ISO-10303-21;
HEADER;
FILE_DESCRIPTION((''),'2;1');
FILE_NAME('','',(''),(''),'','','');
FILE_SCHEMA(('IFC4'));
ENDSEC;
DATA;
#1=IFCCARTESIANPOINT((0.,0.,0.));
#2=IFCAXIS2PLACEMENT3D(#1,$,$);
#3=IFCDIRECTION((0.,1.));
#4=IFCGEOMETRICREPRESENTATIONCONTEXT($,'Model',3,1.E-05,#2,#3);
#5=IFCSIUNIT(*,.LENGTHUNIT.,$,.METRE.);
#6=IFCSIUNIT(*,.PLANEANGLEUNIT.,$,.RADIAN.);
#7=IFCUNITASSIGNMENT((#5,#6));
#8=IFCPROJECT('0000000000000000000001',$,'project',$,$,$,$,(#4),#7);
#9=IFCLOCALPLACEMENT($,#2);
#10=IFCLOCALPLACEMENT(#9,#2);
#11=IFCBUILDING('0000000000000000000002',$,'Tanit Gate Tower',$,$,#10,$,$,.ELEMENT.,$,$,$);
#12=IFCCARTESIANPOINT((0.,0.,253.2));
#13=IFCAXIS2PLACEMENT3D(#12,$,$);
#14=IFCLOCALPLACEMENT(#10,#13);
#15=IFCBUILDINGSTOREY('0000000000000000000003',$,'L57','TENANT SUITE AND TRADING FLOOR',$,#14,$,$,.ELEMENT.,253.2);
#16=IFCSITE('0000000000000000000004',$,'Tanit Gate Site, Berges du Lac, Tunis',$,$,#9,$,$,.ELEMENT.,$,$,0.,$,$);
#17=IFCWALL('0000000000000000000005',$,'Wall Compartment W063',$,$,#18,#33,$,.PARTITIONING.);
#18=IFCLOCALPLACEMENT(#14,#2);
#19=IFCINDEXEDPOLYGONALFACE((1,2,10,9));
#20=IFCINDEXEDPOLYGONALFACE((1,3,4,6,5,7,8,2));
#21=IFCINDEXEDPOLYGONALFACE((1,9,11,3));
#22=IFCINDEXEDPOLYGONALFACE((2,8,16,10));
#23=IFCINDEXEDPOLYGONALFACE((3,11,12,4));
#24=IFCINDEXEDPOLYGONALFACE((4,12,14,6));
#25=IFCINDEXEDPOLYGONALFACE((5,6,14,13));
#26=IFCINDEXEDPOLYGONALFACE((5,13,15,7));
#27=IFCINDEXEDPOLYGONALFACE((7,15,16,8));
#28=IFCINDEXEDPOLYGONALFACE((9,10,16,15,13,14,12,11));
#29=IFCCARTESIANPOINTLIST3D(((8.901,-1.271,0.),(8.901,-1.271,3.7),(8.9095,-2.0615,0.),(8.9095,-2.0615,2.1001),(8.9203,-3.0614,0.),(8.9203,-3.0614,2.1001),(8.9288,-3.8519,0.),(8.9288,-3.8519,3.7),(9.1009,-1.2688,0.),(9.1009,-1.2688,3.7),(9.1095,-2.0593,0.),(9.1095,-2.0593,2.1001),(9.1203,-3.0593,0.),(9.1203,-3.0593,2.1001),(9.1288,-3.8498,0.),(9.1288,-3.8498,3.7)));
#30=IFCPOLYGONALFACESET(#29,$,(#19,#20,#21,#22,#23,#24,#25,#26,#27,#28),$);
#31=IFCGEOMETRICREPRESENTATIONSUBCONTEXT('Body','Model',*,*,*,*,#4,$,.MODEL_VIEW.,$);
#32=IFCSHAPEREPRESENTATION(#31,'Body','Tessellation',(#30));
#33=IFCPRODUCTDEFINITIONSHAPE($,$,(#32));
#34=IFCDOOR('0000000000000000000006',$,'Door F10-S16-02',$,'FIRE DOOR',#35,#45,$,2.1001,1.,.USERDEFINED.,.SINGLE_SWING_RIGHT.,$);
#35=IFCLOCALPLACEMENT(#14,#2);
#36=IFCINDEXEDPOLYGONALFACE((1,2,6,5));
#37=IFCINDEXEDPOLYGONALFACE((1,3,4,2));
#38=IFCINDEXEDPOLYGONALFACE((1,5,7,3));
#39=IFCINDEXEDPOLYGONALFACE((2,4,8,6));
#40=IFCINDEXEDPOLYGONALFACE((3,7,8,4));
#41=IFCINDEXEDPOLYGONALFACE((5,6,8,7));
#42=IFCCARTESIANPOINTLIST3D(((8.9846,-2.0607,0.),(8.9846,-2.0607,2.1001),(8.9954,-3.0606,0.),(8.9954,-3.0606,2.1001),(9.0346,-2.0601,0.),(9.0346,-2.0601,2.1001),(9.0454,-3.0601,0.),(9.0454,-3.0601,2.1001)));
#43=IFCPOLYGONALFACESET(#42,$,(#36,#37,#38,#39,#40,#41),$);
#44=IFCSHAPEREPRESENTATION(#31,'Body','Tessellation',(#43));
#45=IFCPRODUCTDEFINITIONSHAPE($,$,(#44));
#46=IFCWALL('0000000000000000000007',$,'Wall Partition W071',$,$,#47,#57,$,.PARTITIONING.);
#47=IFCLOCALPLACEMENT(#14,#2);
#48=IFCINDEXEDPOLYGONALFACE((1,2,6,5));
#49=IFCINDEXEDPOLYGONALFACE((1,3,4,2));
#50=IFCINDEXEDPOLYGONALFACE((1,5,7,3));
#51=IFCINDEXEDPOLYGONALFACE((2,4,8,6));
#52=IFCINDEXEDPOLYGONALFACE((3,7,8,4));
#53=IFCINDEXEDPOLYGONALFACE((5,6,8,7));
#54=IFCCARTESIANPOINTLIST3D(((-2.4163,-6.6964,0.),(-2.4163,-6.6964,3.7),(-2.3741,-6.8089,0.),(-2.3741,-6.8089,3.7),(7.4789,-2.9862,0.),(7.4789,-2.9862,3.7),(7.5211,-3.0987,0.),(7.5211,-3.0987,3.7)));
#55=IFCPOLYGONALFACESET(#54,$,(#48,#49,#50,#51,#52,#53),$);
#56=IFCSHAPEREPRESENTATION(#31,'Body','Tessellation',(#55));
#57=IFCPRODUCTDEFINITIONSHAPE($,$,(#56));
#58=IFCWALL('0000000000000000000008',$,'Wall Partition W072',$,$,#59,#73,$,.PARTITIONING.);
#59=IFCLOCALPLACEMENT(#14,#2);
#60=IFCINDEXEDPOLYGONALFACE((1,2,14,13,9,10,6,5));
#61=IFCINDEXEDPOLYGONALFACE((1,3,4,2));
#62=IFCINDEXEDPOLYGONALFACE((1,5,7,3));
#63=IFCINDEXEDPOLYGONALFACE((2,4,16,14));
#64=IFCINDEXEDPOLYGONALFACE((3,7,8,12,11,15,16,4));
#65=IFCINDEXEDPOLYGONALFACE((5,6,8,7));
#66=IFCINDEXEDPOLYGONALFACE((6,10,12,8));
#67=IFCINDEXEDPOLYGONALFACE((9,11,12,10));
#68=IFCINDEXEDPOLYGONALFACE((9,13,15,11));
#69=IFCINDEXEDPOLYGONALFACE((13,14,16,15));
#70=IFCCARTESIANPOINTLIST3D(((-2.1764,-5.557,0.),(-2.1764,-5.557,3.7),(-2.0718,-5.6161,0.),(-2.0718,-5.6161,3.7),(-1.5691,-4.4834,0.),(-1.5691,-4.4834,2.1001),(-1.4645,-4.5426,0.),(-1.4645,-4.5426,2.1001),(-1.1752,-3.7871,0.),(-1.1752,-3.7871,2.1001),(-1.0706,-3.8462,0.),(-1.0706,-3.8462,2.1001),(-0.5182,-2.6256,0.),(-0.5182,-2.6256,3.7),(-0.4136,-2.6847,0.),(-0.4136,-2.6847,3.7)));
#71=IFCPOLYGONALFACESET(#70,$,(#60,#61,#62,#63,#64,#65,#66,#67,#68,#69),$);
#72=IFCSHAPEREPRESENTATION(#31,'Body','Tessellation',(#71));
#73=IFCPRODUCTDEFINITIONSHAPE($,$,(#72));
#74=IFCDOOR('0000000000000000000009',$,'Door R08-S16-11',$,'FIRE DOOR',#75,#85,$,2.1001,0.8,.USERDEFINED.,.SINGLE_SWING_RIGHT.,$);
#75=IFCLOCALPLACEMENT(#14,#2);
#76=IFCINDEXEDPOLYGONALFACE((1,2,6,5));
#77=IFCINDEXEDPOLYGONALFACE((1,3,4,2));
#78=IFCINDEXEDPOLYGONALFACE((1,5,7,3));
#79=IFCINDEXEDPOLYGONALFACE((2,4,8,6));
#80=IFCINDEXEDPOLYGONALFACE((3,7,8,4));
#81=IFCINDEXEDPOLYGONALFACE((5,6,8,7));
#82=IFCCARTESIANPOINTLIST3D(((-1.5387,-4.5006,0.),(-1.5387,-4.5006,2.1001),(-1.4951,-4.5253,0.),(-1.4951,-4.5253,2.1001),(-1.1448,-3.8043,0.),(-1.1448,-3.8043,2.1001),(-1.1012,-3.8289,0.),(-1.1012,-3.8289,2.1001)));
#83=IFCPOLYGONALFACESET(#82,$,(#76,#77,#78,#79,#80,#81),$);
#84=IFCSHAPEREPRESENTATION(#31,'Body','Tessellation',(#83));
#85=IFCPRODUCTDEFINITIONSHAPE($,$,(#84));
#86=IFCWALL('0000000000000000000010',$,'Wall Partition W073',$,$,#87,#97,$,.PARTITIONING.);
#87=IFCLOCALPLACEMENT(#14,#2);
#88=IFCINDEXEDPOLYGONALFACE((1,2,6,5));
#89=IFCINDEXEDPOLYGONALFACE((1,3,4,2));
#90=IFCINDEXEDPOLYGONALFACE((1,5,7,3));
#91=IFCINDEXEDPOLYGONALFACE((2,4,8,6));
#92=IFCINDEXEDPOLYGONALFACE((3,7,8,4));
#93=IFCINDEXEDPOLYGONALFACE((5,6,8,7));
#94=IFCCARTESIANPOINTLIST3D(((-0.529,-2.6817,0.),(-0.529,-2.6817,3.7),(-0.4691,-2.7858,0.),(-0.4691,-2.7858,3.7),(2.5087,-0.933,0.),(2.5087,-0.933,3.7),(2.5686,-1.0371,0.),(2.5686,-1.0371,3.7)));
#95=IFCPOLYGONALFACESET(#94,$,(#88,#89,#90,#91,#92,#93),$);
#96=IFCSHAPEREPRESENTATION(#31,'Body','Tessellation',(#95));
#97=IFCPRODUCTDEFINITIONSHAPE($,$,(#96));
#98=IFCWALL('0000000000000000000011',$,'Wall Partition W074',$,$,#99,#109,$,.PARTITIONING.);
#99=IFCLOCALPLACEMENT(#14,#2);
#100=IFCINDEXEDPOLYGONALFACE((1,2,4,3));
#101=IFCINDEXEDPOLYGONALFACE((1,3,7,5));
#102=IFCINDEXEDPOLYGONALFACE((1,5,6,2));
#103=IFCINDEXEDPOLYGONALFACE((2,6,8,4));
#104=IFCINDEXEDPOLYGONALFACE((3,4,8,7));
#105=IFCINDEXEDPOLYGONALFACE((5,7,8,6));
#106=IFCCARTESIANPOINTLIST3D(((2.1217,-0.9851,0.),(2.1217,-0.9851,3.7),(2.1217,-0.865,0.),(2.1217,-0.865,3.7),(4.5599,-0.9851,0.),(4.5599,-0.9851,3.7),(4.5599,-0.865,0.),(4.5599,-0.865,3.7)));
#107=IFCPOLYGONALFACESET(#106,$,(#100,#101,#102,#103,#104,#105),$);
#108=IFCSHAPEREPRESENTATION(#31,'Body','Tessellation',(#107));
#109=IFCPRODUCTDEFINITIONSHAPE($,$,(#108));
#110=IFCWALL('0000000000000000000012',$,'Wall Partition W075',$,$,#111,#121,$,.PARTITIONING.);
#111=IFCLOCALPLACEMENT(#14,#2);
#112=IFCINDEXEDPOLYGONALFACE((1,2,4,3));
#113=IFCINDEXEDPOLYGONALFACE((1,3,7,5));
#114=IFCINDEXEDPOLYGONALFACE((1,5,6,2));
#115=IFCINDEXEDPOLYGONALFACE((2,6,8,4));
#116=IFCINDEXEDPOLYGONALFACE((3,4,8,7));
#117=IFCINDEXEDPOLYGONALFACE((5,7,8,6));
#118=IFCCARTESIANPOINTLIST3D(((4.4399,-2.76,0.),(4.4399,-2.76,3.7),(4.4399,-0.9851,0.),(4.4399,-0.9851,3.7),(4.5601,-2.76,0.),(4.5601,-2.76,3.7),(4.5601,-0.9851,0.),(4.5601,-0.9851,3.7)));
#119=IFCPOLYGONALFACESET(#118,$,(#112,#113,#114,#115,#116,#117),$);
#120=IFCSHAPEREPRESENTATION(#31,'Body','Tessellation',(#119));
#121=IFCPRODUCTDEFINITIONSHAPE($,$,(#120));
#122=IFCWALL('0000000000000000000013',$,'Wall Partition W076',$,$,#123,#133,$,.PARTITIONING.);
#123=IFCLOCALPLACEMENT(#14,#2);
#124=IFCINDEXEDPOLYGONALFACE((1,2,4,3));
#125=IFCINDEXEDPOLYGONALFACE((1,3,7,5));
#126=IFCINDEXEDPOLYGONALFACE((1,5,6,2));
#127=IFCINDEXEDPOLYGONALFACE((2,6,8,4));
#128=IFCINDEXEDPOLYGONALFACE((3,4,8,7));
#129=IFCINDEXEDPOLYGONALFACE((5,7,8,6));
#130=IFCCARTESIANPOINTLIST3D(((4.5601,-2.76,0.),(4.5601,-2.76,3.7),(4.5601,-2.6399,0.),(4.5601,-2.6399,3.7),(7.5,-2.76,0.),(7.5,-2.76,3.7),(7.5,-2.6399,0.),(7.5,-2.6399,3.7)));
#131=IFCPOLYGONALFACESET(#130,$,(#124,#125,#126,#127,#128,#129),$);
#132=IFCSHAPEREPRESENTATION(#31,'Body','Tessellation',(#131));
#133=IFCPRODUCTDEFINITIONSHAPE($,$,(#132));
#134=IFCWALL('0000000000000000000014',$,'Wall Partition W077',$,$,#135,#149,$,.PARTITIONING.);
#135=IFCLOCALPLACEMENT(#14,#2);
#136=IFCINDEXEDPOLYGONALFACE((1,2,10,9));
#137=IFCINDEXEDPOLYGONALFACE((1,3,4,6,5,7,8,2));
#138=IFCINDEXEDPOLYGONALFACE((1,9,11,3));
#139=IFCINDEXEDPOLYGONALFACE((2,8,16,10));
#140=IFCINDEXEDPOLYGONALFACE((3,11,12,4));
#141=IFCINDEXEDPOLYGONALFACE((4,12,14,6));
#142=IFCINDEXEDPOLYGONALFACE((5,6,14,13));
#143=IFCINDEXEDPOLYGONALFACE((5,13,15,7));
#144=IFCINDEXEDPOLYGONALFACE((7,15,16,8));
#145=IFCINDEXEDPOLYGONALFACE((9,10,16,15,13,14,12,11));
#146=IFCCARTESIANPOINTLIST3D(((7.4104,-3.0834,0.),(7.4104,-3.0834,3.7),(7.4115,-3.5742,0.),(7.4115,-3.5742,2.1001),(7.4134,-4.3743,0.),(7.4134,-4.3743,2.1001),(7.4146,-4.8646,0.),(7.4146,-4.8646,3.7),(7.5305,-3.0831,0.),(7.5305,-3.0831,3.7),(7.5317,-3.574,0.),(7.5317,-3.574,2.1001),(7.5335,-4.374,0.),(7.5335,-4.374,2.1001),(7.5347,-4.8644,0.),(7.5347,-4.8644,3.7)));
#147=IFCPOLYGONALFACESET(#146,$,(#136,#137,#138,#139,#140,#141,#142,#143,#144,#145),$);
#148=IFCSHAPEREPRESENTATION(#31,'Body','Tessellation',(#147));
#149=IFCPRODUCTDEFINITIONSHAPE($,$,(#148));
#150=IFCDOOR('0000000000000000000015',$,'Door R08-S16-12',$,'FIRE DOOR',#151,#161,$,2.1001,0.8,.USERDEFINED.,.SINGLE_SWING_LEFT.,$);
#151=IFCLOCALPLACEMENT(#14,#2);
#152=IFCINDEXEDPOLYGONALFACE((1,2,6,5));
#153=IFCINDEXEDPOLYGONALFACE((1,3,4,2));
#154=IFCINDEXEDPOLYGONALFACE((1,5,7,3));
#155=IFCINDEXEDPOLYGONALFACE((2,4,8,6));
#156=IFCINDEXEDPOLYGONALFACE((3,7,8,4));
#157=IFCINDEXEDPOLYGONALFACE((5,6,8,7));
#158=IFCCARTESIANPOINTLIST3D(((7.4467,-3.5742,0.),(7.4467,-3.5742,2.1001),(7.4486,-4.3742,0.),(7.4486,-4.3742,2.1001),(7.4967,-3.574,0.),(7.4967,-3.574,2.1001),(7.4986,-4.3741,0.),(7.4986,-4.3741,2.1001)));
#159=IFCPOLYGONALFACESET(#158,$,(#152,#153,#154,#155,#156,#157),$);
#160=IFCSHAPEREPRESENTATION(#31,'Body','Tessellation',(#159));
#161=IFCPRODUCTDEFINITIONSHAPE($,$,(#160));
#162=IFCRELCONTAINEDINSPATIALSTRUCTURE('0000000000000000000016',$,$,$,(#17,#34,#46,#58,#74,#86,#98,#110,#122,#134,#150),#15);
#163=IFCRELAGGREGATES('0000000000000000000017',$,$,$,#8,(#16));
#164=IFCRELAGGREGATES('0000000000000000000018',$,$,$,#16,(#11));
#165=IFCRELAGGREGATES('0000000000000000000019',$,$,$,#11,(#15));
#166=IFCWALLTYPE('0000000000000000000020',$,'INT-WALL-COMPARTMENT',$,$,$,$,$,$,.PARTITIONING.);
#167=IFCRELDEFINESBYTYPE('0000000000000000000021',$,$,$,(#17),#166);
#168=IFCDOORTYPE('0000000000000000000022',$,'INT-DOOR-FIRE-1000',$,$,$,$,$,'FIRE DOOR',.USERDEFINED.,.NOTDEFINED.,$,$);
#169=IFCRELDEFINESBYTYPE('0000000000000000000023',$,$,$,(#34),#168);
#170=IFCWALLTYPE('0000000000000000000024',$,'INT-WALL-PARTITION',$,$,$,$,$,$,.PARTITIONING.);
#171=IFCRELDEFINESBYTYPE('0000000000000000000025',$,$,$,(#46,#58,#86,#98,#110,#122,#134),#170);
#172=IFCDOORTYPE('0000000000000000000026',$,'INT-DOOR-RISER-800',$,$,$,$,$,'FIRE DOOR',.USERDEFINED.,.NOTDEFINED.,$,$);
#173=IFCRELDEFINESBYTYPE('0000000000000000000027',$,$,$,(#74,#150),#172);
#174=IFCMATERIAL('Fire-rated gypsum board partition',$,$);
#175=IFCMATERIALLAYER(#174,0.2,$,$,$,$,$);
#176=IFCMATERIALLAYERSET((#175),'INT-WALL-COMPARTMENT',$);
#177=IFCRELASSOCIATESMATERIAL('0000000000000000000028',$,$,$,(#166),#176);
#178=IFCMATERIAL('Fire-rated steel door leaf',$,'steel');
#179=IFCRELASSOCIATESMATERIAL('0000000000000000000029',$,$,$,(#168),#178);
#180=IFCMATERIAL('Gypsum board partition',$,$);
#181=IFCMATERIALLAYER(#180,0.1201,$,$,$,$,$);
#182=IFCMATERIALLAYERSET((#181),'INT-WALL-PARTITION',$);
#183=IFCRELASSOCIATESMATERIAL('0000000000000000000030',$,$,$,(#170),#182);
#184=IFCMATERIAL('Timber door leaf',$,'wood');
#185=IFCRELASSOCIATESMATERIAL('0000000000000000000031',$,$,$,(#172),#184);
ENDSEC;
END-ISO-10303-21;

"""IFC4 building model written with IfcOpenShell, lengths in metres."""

from ifc_helpers import new_model, si_unit, direction, frame, frame_2d, origin, place, context, subcontext, project, spatial, rectangle, extrude, material, layer, layer_set, type_object, element, fill, save


model = new_model("IFC4")

# Units and contexts
model_context = context("Model", 3, precision=1e-05, world=origin(), true_north=direction((0.0, 1.0)))
body_context = subcontext(model_context, "Body", "Model", "MODEL_VIEW")
ifc_project = project(units=[si_unit("LENGTHUNIT", "METRE"), si_unit("PLANEANGLEUNIT", "RADIAN")], contexts=[model_context])

# Site, building, storey
site_placement = place(None, origin())
site = spatial("IfcSite", under=ifc_project, at=site_placement, Name="Tanit Gate Site, Berges du Lac, Tunis", CompositionType="ELEMENT", RefElevation=0.0)
building_placement = place(site_placement, origin())
building = spatial("IfcBuilding", under=site, at=building_placement, Name="Tanit Gate Tower", CompositionType="ELEMENT")
storey_placement = place(building_placement, frame((0.0, 0.0, 253.2)))
storey = spatial("IfcBuildingStorey", under=building, at=storey_placement, Name="L57", Description="TENANT SUITE AND TRADING FLOOR", CompositionType="ELEMENT", Elevation=253.2)

# Wall, opening, door
ifc_material_1 = material(Name="Fire-rated gypsum board partition")
ifc_layer_1 = layer(ifc_material_1, 0.2)
ifc_layer_set_1 = layer_set([ifc_layer_1], Name="INT-WALL-COMPARTMENT")
wall_type_1 = type_object("IfcWallType", Name="INT-WALL-COMPARTMENT", PredefinedType="PARTITIONING", material=ifc_layer_set_1)
wall_1_placement = place(storey_placement, frame((9.0288, -3.8508, 0.0), z_axis=(0.0, 0.0, 1.0), x_axis=(-0.010784, 0.999942, 0.0)))
wall_1 = element("IfcWall", 1, at=wall_1_placement, inside=storey, type_object=wall_type_1, Name="Wall Compartment W063", PredefinedType="PARTITIONING", context=body_context, shape_type="SweptSolid", body=[
    extrude(rectangle(XDim=2.5811, YDim=0.2, at=frame_2d((1.2905, 0.0))), origin(), (0.0, 0.0, 1.0), 3.7),
])
opening_1_placement = place(wall_1_placement, frame((0.7905, 0.0, 0.0)))
opening_1 = element("IfcOpeningElement", 2, at=opening_1_placement, cuts=wall_1, PredefinedType="OPENING", context=body_context, shape_type="SweptSolid", body=[
    extrude(rectangle(XDim=1.0, YDim=2.1001, at=frame_2d((0.5, 1.05))), frame((0.0, 0.1099, 0.0), z_axis=(0.0, -1.0, 0.0), x_axis=(1.0, 0.0, 0.0)), (0.0, 0.0, 1.0), 0.22),
])
ifc_material_2 = material(Name="Fire-rated steel door leaf", Category="steel")
door_type_1 = type_object("IfcDoorType", Name="INT-DOOR-FIRE-1000", ElementType="FIRE DOOR", OperationType="NOTDEFINED", PredefinedType="USERDEFINED", material=ifc_material_2)
door_1_placement = place(opening_1_placement, origin())
door_1 = element("IfcDoor", 3, at=door_1_placement, inside=storey, type_object=door_type_1, Name="Door F10-S16-02", ObjectType="FIRE DOOR", OperationType="SINGLE_SWING_RIGHT", OverallHeight=2.1001, OverallWidth=1.0, PredefinedType="USERDEFINED", context=body_context, shape_type="SweptSolid", body=[
    extrude(rectangle(XDim=1.0, YDim=2.1001, at=frame_2d((0.5, 1.05))), frame((0.0, 0.0249, 0.0), z_axis=(0.0, -1.0, 0.0), x_axis=(1.0, 0.0, 0.0)), (0.0, 0.0, 1.0), 0.05),
])
fill(opening_1, door_1)

# Wall
ifc_material_3 = material(Name="Gypsum board partition")
ifc_layer_2 = layer(ifc_material_3, 0.1201)
ifc_layer_set_2 = layer_set([ifc_layer_2], Name="INT-WALL-PARTITION")
wall_type_2 = type_object("IfcWallType", Name="INT-WALL-PARTITION", PredefinedType="PARTITIONING", material=ifc_layer_set_2)
wall_2_placement = place(storey_placement, frame((7.5, -3.0425, 0.0), z_axis=(0.0, 0.0, 1.0), x_axis=(-0.936345, -0.35108, 0.0)))
element("IfcWall", 4, at=wall_2_placement, inside=storey, type_object=wall_type_2, Name="Wall Partition W071", PredefinedType="PARTITIONING", context=body_context, shape_type="SweptSolid", body=[
    extrude(rectangle(XDim=10.5679, YDim=0.1201, at=frame_2d((5.2839, 0.0))), origin(), (0.0, 0.0, 1.0), 3.7),
])

# Wall, opening, door
wall_3_placement = place(storey_placement, frame((-0.4658, -2.655, 0.0), z_axis=(0.0, 0.0, 1.0), x_axis=(-0.492356, -0.870394, 0.0)))
wall_3 = element("IfcWall", 5, at=wall_3_placement, inside=storey, type_object=wall_type_2, Name="Wall Partition W072", PredefinedType="PARTITIONING", context=body_context, shape_type="SweptSolid", body=[
    extrude(rectangle(XDim=3.3679, YDim=0.1201, at=frame_2d((1.6841, 0.0))), origin(), (0.0, 0.0, 1.0), 3.7),
])
opening_2_placement = place(wall_3_placement, frame((1.3347, 0.0, 0.0)))
opening_2 = element("IfcOpeningElement", 6, at=opening_2_placement, cuts=wall_3, PredefinedType="OPENING", context=body_context, shape_type="SweptSolid", body=[
    extrude(rectangle(XDim=0.8, YDim=2.1001, at=frame_2d((0.3999, 1.05))), frame((0.0, 0.0701, 0.0), z_axis=(0.0, -1.0, 0.0), x_axis=(1.0, 0.0, 0.0)), (0.0, 0.0, 1.0), 0.1401),
])
ifc_material_4 = material(Name="Timber door leaf", Category="wood")
door_type_2 = type_object("IfcDoorType", Name="INT-DOOR-RISER-800", ElementType="FIRE DOOR", OperationType="NOTDEFINED", PredefinedType="USERDEFINED", material=ifc_material_4)
door_2_placement = place(opening_2_placement, origin())
door_2 = element("IfcDoor", 7, at=door_2_placement, inside=storey, type_object=door_type_2, Name="Door R08-S16-11", ObjectType="FIRE DOOR", OperationType="SINGLE_SWING_RIGHT", OverallHeight=2.1001, OverallWidth=0.8, PredefinedType="USERDEFINED", context=body_context, shape_type="SweptSolid", body=[
    extrude(rectangle(XDim=0.8, YDim=2.1001, at=frame_2d((0.3999, 1.05))), frame((0.0, 0.0249, 0.0), z_axis=(0.0, -1.0, 0.0), x_axis=(1.0, 0.0, 0.0)), (0.0, 0.0, 1.0), 0.05),
])
fill(opening_2, door_2)

# Walls
wall_4_placement = place(storey_placement, frame((2.5386, -0.9851, 0.0), z_axis=(0.0, 0.0, 1.0), x_axis=(-0.866657, -0.498904, 0.0)))
element("IfcWall", 8, at=wall_4_placement, inside=storey, type_object=wall_type_2, Name="Wall Partition W073", PredefinedType="PARTITIONING", context=body_context, shape_type="SweptSolid", body=[
    extrude(rectangle(XDim=3.5051, YDim=0.1201, at=frame_2d((1.7524, 0.0))), origin(), (0.0, 0.0, 1.0), 3.7),
])
wall_5_placement = place(storey_placement, frame((4.5601, -0.925, 0.0), z_axis=(0.0, 0.0, 1.0), x_axis=(-1.0, 0.0, 0.0)))
element("IfcWall", 9, at=wall_5_placement, inside=storey, type_object=wall_type_2, Name="Wall Partition W074", PredefinedType="PARTITIONING", context=body_context, shape_type="SweptSolid", body=[
    extrude(rectangle(XDim=2.4382, YDim=0.1201, at=frame_2d((1.2192, 0.0))), origin(), (0.0, 0.0, 1.0), 3.7),
])
wall_6_placement = place(storey_placement, frame((4.5, -2.76, 0.0), z_axis=(0.0, 0.0, 1.0), x_axis=(0.0, 1.0, 0.0)))
element("IfcWall", 10, at=wall_6_placement, inside=storey, type_object=wall_type_2, Name="Wall Partition W075", PredefinedType="PARTITIONING", context=body_context, shape_type="SweptSolid", body=[
    extrude(rectangle(XDim=1.7749, YDim=0.1201, at=frame_2d((0.8875, 0.0))), origin(), (0.0, 0.0, 1.0), 3.7),
])
wall_7_placement = place(storey_placement, frame((7.5, -2.7, 0.0), z_axis=(0.0, 0.0, 1.0), x_axis=(-1.0, 0.0, 0.0)))
element("IfcWall", 11, at=wall_7_placement, inside=storey, type_object=wall_type_2, Name="Wall Partition W076", PredefinedType="PARTITIONING", context=body_context, shape_type="SweptSolid", body=[
    extrude(rectangle(XDim=2.9399, YDim=0.1201, at=frame_2d((1.47, 0.0))), origin(), (0.0, 0.0, 1.0), 3.7),
])

# Wall, opening, door
wall_8_placement = place(storey_placement, frame((7.4746, -4.8645, 0.0), z_axis=(0.0, 0.0, 1.0), x_axis=(-0.00233, 0.999997, 0.0)))
wall_8 = element("IfcWall", 12, at=wall_8_placement, inside=storey, type_object=wall_type_2, Name="Wall Partition W077", PredefinedType="PARTITIONING", context=body_context, shape_type="SweptSolid", body=[
    extrude(rectangle(XDim=1.7812, YDim=0.1201, at=frame_2d((0.8906, 0.0))), origin(), (0.0, 0.0, 1.0), 3.7),
])
opening_3_placement = place(wall_8_placement, frame((0.4905, 0.0, 0.0)))
opening_3 = element("IfcOpeningElement", 13, at=opening_3_placement, cuts=wall_8, PredefinedType="OPENING", context=body_context, shape_type="SweptSolid", body=[
    extrude(rectangle(XDim=0.8, YDim=2.1001, at=frame_2d((0.3999, 1.05))), frame((0.0, 0.0701, 0.0), z_axis=(0.0, -1.0, 0.0), x_axis=(1.0, 0.0, 0.0)), (0.0, 0.0, 1.0), 0.1401),
])
door_3_placement = place(opening_3_placement, origin())
door_3 = element("IfcDoor", 14, at=door_3_placement, inside=storey, type_object=door_type_2, Name="Door R08-S16-12", ObjectType="FIRE DOOR", OperationType="SINGLE_SWING_LEFT", OverallHeight=2.1001, OverallWidth=0.8, PredefinedType="USERDEFINED", context=body_context, shape_type="SweptSolid", body=[
    extrude(rectangle(XDim=0.8, YDim=2.1001, at=frame_2d((0.3999, 1.05))), frame((0.0, 0.0249, 0.0), z_axis=(0.0, -1.0, 0.0), x_axis=(1.0, 0.0, 0.0)), (0.0, 0.0, 1.0), 0.05),
])
fill(opening_3, door_3)

save(model, "model.ifc")
